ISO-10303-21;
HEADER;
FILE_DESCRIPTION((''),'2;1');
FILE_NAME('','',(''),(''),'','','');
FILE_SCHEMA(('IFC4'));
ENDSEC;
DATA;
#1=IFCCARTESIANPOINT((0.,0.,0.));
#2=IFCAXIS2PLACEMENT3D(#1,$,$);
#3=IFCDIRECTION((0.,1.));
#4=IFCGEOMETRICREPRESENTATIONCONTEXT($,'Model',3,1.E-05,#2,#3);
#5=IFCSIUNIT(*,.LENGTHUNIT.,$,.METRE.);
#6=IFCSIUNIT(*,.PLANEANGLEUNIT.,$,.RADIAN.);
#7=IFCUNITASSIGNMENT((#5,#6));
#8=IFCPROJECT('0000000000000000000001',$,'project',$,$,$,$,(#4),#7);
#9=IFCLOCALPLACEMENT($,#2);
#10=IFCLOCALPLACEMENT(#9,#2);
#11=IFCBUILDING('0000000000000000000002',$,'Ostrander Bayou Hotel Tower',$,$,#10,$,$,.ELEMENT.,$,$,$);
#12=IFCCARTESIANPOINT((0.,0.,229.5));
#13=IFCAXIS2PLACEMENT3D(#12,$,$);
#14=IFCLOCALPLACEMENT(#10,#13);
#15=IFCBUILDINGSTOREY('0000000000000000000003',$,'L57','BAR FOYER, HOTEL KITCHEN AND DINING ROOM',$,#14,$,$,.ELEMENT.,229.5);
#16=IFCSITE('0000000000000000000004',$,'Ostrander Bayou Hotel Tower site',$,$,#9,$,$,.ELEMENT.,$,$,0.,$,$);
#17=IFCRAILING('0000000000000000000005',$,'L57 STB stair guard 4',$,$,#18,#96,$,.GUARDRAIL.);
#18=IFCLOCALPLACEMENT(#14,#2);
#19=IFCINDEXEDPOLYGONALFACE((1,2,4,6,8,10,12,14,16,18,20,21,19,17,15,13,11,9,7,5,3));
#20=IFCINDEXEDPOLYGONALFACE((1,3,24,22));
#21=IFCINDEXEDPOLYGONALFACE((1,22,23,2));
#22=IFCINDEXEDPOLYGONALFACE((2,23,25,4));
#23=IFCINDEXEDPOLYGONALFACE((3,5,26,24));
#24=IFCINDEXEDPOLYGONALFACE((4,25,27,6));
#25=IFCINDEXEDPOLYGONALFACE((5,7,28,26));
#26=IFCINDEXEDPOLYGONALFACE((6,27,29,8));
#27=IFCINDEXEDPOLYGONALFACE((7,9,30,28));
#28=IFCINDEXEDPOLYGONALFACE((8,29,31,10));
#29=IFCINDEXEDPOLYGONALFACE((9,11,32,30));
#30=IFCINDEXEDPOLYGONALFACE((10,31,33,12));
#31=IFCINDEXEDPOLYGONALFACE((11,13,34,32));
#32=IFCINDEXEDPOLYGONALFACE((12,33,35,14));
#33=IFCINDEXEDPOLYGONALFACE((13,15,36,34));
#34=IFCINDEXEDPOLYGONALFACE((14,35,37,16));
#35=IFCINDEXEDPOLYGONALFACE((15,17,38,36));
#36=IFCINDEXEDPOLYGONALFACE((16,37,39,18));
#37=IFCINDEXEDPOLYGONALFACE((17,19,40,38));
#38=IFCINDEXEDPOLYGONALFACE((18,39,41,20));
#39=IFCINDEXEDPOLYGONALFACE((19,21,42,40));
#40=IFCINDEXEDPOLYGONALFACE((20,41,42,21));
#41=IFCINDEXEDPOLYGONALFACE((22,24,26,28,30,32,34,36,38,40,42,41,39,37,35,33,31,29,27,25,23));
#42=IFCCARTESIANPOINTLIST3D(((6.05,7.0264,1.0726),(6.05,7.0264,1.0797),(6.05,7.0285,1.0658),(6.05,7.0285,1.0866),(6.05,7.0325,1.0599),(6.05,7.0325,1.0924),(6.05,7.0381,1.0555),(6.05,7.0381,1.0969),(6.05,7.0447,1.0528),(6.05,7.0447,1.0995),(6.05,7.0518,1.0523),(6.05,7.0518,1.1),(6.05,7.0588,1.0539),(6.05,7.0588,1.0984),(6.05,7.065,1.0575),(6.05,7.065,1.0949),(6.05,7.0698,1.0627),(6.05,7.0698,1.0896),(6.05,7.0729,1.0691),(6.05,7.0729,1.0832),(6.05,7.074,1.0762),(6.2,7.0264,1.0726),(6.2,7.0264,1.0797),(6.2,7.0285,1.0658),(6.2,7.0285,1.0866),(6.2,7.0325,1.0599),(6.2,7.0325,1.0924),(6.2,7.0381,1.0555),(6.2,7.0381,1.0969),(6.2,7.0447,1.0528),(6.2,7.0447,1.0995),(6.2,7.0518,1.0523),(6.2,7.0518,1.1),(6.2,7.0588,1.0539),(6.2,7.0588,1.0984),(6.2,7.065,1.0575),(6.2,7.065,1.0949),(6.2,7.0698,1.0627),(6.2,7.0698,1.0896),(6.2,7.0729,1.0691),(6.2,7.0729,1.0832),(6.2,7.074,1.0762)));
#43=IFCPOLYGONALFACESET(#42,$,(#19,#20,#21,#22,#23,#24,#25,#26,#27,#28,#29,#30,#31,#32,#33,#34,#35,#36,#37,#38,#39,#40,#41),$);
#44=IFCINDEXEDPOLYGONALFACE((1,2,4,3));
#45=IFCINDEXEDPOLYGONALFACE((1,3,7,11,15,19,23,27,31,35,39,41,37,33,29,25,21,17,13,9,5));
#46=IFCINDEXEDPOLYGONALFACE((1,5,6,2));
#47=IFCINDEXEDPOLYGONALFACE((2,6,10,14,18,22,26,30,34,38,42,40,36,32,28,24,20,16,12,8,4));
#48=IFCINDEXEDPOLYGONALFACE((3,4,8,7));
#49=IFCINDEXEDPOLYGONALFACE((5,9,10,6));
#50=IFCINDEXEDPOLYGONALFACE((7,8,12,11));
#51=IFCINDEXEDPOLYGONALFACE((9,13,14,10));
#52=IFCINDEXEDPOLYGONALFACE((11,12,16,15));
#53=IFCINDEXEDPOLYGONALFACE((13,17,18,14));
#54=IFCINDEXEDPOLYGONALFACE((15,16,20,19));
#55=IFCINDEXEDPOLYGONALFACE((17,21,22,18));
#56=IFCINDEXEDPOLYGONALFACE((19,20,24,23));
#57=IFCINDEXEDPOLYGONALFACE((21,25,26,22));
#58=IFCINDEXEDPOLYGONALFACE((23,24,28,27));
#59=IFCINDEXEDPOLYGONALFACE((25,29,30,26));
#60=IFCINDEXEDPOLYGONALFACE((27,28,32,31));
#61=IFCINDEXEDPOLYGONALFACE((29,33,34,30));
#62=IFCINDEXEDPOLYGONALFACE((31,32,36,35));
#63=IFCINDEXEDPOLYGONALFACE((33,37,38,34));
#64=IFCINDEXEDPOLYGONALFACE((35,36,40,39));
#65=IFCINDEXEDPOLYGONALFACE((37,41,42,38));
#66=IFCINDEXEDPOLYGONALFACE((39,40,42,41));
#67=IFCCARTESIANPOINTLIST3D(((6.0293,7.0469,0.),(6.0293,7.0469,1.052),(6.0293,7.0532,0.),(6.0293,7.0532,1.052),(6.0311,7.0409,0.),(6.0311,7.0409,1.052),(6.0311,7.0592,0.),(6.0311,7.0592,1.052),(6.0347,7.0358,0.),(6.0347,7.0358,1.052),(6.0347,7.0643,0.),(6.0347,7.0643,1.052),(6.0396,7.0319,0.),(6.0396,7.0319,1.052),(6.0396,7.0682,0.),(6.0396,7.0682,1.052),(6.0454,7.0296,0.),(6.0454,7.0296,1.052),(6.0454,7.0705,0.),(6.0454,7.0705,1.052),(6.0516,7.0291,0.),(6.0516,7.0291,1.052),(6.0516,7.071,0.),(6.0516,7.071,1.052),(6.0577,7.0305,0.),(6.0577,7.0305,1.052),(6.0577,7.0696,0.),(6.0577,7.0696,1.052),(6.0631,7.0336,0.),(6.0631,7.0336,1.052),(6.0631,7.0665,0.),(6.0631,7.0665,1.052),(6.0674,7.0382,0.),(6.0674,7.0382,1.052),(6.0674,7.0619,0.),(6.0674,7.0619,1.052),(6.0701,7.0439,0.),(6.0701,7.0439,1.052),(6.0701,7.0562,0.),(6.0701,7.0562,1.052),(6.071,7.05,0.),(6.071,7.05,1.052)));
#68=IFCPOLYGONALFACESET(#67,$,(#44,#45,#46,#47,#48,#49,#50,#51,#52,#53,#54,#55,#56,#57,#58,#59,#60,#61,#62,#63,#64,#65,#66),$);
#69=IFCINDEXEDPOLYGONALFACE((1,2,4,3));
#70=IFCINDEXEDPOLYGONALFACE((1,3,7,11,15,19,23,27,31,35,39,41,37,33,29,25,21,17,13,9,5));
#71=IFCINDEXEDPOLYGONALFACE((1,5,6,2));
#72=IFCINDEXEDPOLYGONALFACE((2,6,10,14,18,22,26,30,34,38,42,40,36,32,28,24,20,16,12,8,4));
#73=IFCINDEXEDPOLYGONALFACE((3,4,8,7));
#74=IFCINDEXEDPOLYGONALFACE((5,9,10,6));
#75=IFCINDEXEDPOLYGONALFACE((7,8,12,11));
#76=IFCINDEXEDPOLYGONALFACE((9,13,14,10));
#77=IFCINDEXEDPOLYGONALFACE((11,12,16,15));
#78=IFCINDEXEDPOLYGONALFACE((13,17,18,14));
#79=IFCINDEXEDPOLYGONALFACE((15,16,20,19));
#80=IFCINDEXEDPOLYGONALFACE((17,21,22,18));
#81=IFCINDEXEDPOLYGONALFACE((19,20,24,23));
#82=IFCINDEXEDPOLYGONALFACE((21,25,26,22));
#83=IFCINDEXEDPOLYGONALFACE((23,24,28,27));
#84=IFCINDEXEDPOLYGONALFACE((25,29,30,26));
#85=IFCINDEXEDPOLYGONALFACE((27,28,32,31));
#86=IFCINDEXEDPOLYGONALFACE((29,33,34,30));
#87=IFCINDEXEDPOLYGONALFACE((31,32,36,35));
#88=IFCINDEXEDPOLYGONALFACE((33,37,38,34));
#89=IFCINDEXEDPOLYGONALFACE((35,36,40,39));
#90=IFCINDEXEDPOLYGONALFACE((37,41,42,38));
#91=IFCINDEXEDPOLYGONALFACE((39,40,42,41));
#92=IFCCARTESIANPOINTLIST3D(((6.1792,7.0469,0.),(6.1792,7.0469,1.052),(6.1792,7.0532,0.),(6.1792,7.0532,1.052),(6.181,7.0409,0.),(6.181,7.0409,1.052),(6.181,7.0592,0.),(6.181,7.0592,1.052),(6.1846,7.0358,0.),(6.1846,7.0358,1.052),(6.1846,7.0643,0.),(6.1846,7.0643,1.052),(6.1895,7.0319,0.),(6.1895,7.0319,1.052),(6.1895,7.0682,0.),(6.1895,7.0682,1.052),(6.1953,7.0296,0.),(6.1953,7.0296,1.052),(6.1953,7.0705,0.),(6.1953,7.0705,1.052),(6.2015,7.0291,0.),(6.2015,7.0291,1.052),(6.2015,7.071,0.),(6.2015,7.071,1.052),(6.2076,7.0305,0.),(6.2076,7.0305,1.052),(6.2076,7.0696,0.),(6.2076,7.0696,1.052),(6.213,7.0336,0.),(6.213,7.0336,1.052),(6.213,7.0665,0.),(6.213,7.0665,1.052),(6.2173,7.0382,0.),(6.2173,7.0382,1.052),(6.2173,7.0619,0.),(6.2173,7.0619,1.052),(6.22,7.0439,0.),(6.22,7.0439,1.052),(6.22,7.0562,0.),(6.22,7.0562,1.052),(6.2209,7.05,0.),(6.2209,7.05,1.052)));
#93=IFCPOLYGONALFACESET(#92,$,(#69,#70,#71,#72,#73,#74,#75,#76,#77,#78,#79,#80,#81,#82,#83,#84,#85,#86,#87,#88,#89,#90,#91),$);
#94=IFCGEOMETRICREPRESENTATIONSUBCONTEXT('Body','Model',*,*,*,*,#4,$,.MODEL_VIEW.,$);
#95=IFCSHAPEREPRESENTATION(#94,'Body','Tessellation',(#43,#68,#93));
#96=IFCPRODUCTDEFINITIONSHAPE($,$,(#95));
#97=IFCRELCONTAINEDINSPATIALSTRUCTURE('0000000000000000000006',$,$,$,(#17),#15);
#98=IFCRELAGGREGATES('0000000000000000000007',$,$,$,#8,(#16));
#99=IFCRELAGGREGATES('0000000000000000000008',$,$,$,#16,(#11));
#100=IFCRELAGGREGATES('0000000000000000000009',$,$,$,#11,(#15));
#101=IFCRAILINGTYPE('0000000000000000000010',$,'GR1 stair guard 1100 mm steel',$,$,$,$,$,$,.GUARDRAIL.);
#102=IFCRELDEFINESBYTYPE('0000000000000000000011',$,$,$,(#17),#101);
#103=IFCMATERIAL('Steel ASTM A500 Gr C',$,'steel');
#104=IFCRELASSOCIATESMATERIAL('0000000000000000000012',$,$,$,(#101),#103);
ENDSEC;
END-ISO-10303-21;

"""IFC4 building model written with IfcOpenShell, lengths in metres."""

from ifc_helpers import new_model, si_unit, direction, frame, origin, origin_2d, place, context, subcontext, project, spatial, circle, extrude, material, type_object, element, save


model = new_model("IFC4")

# Units and contexts
model_context = context("Model", 3, precision=1e-05, world=origin(), true_north=direction((0.0, 1.0)))
body_context = subcontext(model_context, "Body", "Model", "MODEL_VIEW")
ifc_project = project(units=[si_unit("LENGTHUNIT", "METRE"), si_unit("PLANEANGLEUNIT", "RADIAN")], contexts=[model_context])

# Site, building, storey
site_placement = place(None, origin())
site = spatial("IfcSite", under=ifc_project, at=site_placement, Name="Ostrander Bayou Hotel Tower site", CompositionType="ELEMENT", RefElevation=0.0)
building_placement = place(site_placement, origin())
building = spatial("IfcBuilding", under=site, at=building_placement, Name="Ostrander Bayou Hotel Tower", CompositionType="ELEMENT")
storey_placement = place(building_placement, frame((0.0, 0.0, 229.5)))
storey = spatial("IfcBuildingStorey", under=building, at=storey_placement, Name="L57", Description="BAR FOYER, HOTEL KITCHEN AND DINING ROOM", CompositionType="ELEMENT", Elevation=229.5)

# Railing
ifc_material_1 = material(Name="Steel ASTM A500 Gr C", Category="steel")
railing_type_1 = type_object("IfcRailingType", Name="GR1 stair guard 1100 mm steel", PredefinedType="GUARDRAIL", material=ifc_material_1)
railing_1_placement = place(storey_placement, frame((6.05, 7.05, 0.0)))
element("IfcRailing", 1, at=railing_1_placement, inside=storey, type_object=railing_type_1, Name="L57 STB stair guard 4", PredefinedType="GUARDRAIL", context=body_context, shape_type="SweptSolid", body=[
    extrude(circle(Radius=0.0239, at=origin_2d()), frame((0.0, 0.0, 1.0762), z_axis=(1.0, 0.0, 0.0), x_axis=(0.0, 1.0, 0.0)), (0.0, 0.0, 1.0), 0.1499),
    extrude(circle(Radius=0.021, at=origin_2d()), origin(), (0.0, 0.0, 1.0), 1.052),
    extrude(circle(Radius=0.021, at=origin_2d()), frame((0.1499, 0.0, 0.0)), (0.0, 0.0, 1.0), 1.052),
])

save(model, "model.ifc")
